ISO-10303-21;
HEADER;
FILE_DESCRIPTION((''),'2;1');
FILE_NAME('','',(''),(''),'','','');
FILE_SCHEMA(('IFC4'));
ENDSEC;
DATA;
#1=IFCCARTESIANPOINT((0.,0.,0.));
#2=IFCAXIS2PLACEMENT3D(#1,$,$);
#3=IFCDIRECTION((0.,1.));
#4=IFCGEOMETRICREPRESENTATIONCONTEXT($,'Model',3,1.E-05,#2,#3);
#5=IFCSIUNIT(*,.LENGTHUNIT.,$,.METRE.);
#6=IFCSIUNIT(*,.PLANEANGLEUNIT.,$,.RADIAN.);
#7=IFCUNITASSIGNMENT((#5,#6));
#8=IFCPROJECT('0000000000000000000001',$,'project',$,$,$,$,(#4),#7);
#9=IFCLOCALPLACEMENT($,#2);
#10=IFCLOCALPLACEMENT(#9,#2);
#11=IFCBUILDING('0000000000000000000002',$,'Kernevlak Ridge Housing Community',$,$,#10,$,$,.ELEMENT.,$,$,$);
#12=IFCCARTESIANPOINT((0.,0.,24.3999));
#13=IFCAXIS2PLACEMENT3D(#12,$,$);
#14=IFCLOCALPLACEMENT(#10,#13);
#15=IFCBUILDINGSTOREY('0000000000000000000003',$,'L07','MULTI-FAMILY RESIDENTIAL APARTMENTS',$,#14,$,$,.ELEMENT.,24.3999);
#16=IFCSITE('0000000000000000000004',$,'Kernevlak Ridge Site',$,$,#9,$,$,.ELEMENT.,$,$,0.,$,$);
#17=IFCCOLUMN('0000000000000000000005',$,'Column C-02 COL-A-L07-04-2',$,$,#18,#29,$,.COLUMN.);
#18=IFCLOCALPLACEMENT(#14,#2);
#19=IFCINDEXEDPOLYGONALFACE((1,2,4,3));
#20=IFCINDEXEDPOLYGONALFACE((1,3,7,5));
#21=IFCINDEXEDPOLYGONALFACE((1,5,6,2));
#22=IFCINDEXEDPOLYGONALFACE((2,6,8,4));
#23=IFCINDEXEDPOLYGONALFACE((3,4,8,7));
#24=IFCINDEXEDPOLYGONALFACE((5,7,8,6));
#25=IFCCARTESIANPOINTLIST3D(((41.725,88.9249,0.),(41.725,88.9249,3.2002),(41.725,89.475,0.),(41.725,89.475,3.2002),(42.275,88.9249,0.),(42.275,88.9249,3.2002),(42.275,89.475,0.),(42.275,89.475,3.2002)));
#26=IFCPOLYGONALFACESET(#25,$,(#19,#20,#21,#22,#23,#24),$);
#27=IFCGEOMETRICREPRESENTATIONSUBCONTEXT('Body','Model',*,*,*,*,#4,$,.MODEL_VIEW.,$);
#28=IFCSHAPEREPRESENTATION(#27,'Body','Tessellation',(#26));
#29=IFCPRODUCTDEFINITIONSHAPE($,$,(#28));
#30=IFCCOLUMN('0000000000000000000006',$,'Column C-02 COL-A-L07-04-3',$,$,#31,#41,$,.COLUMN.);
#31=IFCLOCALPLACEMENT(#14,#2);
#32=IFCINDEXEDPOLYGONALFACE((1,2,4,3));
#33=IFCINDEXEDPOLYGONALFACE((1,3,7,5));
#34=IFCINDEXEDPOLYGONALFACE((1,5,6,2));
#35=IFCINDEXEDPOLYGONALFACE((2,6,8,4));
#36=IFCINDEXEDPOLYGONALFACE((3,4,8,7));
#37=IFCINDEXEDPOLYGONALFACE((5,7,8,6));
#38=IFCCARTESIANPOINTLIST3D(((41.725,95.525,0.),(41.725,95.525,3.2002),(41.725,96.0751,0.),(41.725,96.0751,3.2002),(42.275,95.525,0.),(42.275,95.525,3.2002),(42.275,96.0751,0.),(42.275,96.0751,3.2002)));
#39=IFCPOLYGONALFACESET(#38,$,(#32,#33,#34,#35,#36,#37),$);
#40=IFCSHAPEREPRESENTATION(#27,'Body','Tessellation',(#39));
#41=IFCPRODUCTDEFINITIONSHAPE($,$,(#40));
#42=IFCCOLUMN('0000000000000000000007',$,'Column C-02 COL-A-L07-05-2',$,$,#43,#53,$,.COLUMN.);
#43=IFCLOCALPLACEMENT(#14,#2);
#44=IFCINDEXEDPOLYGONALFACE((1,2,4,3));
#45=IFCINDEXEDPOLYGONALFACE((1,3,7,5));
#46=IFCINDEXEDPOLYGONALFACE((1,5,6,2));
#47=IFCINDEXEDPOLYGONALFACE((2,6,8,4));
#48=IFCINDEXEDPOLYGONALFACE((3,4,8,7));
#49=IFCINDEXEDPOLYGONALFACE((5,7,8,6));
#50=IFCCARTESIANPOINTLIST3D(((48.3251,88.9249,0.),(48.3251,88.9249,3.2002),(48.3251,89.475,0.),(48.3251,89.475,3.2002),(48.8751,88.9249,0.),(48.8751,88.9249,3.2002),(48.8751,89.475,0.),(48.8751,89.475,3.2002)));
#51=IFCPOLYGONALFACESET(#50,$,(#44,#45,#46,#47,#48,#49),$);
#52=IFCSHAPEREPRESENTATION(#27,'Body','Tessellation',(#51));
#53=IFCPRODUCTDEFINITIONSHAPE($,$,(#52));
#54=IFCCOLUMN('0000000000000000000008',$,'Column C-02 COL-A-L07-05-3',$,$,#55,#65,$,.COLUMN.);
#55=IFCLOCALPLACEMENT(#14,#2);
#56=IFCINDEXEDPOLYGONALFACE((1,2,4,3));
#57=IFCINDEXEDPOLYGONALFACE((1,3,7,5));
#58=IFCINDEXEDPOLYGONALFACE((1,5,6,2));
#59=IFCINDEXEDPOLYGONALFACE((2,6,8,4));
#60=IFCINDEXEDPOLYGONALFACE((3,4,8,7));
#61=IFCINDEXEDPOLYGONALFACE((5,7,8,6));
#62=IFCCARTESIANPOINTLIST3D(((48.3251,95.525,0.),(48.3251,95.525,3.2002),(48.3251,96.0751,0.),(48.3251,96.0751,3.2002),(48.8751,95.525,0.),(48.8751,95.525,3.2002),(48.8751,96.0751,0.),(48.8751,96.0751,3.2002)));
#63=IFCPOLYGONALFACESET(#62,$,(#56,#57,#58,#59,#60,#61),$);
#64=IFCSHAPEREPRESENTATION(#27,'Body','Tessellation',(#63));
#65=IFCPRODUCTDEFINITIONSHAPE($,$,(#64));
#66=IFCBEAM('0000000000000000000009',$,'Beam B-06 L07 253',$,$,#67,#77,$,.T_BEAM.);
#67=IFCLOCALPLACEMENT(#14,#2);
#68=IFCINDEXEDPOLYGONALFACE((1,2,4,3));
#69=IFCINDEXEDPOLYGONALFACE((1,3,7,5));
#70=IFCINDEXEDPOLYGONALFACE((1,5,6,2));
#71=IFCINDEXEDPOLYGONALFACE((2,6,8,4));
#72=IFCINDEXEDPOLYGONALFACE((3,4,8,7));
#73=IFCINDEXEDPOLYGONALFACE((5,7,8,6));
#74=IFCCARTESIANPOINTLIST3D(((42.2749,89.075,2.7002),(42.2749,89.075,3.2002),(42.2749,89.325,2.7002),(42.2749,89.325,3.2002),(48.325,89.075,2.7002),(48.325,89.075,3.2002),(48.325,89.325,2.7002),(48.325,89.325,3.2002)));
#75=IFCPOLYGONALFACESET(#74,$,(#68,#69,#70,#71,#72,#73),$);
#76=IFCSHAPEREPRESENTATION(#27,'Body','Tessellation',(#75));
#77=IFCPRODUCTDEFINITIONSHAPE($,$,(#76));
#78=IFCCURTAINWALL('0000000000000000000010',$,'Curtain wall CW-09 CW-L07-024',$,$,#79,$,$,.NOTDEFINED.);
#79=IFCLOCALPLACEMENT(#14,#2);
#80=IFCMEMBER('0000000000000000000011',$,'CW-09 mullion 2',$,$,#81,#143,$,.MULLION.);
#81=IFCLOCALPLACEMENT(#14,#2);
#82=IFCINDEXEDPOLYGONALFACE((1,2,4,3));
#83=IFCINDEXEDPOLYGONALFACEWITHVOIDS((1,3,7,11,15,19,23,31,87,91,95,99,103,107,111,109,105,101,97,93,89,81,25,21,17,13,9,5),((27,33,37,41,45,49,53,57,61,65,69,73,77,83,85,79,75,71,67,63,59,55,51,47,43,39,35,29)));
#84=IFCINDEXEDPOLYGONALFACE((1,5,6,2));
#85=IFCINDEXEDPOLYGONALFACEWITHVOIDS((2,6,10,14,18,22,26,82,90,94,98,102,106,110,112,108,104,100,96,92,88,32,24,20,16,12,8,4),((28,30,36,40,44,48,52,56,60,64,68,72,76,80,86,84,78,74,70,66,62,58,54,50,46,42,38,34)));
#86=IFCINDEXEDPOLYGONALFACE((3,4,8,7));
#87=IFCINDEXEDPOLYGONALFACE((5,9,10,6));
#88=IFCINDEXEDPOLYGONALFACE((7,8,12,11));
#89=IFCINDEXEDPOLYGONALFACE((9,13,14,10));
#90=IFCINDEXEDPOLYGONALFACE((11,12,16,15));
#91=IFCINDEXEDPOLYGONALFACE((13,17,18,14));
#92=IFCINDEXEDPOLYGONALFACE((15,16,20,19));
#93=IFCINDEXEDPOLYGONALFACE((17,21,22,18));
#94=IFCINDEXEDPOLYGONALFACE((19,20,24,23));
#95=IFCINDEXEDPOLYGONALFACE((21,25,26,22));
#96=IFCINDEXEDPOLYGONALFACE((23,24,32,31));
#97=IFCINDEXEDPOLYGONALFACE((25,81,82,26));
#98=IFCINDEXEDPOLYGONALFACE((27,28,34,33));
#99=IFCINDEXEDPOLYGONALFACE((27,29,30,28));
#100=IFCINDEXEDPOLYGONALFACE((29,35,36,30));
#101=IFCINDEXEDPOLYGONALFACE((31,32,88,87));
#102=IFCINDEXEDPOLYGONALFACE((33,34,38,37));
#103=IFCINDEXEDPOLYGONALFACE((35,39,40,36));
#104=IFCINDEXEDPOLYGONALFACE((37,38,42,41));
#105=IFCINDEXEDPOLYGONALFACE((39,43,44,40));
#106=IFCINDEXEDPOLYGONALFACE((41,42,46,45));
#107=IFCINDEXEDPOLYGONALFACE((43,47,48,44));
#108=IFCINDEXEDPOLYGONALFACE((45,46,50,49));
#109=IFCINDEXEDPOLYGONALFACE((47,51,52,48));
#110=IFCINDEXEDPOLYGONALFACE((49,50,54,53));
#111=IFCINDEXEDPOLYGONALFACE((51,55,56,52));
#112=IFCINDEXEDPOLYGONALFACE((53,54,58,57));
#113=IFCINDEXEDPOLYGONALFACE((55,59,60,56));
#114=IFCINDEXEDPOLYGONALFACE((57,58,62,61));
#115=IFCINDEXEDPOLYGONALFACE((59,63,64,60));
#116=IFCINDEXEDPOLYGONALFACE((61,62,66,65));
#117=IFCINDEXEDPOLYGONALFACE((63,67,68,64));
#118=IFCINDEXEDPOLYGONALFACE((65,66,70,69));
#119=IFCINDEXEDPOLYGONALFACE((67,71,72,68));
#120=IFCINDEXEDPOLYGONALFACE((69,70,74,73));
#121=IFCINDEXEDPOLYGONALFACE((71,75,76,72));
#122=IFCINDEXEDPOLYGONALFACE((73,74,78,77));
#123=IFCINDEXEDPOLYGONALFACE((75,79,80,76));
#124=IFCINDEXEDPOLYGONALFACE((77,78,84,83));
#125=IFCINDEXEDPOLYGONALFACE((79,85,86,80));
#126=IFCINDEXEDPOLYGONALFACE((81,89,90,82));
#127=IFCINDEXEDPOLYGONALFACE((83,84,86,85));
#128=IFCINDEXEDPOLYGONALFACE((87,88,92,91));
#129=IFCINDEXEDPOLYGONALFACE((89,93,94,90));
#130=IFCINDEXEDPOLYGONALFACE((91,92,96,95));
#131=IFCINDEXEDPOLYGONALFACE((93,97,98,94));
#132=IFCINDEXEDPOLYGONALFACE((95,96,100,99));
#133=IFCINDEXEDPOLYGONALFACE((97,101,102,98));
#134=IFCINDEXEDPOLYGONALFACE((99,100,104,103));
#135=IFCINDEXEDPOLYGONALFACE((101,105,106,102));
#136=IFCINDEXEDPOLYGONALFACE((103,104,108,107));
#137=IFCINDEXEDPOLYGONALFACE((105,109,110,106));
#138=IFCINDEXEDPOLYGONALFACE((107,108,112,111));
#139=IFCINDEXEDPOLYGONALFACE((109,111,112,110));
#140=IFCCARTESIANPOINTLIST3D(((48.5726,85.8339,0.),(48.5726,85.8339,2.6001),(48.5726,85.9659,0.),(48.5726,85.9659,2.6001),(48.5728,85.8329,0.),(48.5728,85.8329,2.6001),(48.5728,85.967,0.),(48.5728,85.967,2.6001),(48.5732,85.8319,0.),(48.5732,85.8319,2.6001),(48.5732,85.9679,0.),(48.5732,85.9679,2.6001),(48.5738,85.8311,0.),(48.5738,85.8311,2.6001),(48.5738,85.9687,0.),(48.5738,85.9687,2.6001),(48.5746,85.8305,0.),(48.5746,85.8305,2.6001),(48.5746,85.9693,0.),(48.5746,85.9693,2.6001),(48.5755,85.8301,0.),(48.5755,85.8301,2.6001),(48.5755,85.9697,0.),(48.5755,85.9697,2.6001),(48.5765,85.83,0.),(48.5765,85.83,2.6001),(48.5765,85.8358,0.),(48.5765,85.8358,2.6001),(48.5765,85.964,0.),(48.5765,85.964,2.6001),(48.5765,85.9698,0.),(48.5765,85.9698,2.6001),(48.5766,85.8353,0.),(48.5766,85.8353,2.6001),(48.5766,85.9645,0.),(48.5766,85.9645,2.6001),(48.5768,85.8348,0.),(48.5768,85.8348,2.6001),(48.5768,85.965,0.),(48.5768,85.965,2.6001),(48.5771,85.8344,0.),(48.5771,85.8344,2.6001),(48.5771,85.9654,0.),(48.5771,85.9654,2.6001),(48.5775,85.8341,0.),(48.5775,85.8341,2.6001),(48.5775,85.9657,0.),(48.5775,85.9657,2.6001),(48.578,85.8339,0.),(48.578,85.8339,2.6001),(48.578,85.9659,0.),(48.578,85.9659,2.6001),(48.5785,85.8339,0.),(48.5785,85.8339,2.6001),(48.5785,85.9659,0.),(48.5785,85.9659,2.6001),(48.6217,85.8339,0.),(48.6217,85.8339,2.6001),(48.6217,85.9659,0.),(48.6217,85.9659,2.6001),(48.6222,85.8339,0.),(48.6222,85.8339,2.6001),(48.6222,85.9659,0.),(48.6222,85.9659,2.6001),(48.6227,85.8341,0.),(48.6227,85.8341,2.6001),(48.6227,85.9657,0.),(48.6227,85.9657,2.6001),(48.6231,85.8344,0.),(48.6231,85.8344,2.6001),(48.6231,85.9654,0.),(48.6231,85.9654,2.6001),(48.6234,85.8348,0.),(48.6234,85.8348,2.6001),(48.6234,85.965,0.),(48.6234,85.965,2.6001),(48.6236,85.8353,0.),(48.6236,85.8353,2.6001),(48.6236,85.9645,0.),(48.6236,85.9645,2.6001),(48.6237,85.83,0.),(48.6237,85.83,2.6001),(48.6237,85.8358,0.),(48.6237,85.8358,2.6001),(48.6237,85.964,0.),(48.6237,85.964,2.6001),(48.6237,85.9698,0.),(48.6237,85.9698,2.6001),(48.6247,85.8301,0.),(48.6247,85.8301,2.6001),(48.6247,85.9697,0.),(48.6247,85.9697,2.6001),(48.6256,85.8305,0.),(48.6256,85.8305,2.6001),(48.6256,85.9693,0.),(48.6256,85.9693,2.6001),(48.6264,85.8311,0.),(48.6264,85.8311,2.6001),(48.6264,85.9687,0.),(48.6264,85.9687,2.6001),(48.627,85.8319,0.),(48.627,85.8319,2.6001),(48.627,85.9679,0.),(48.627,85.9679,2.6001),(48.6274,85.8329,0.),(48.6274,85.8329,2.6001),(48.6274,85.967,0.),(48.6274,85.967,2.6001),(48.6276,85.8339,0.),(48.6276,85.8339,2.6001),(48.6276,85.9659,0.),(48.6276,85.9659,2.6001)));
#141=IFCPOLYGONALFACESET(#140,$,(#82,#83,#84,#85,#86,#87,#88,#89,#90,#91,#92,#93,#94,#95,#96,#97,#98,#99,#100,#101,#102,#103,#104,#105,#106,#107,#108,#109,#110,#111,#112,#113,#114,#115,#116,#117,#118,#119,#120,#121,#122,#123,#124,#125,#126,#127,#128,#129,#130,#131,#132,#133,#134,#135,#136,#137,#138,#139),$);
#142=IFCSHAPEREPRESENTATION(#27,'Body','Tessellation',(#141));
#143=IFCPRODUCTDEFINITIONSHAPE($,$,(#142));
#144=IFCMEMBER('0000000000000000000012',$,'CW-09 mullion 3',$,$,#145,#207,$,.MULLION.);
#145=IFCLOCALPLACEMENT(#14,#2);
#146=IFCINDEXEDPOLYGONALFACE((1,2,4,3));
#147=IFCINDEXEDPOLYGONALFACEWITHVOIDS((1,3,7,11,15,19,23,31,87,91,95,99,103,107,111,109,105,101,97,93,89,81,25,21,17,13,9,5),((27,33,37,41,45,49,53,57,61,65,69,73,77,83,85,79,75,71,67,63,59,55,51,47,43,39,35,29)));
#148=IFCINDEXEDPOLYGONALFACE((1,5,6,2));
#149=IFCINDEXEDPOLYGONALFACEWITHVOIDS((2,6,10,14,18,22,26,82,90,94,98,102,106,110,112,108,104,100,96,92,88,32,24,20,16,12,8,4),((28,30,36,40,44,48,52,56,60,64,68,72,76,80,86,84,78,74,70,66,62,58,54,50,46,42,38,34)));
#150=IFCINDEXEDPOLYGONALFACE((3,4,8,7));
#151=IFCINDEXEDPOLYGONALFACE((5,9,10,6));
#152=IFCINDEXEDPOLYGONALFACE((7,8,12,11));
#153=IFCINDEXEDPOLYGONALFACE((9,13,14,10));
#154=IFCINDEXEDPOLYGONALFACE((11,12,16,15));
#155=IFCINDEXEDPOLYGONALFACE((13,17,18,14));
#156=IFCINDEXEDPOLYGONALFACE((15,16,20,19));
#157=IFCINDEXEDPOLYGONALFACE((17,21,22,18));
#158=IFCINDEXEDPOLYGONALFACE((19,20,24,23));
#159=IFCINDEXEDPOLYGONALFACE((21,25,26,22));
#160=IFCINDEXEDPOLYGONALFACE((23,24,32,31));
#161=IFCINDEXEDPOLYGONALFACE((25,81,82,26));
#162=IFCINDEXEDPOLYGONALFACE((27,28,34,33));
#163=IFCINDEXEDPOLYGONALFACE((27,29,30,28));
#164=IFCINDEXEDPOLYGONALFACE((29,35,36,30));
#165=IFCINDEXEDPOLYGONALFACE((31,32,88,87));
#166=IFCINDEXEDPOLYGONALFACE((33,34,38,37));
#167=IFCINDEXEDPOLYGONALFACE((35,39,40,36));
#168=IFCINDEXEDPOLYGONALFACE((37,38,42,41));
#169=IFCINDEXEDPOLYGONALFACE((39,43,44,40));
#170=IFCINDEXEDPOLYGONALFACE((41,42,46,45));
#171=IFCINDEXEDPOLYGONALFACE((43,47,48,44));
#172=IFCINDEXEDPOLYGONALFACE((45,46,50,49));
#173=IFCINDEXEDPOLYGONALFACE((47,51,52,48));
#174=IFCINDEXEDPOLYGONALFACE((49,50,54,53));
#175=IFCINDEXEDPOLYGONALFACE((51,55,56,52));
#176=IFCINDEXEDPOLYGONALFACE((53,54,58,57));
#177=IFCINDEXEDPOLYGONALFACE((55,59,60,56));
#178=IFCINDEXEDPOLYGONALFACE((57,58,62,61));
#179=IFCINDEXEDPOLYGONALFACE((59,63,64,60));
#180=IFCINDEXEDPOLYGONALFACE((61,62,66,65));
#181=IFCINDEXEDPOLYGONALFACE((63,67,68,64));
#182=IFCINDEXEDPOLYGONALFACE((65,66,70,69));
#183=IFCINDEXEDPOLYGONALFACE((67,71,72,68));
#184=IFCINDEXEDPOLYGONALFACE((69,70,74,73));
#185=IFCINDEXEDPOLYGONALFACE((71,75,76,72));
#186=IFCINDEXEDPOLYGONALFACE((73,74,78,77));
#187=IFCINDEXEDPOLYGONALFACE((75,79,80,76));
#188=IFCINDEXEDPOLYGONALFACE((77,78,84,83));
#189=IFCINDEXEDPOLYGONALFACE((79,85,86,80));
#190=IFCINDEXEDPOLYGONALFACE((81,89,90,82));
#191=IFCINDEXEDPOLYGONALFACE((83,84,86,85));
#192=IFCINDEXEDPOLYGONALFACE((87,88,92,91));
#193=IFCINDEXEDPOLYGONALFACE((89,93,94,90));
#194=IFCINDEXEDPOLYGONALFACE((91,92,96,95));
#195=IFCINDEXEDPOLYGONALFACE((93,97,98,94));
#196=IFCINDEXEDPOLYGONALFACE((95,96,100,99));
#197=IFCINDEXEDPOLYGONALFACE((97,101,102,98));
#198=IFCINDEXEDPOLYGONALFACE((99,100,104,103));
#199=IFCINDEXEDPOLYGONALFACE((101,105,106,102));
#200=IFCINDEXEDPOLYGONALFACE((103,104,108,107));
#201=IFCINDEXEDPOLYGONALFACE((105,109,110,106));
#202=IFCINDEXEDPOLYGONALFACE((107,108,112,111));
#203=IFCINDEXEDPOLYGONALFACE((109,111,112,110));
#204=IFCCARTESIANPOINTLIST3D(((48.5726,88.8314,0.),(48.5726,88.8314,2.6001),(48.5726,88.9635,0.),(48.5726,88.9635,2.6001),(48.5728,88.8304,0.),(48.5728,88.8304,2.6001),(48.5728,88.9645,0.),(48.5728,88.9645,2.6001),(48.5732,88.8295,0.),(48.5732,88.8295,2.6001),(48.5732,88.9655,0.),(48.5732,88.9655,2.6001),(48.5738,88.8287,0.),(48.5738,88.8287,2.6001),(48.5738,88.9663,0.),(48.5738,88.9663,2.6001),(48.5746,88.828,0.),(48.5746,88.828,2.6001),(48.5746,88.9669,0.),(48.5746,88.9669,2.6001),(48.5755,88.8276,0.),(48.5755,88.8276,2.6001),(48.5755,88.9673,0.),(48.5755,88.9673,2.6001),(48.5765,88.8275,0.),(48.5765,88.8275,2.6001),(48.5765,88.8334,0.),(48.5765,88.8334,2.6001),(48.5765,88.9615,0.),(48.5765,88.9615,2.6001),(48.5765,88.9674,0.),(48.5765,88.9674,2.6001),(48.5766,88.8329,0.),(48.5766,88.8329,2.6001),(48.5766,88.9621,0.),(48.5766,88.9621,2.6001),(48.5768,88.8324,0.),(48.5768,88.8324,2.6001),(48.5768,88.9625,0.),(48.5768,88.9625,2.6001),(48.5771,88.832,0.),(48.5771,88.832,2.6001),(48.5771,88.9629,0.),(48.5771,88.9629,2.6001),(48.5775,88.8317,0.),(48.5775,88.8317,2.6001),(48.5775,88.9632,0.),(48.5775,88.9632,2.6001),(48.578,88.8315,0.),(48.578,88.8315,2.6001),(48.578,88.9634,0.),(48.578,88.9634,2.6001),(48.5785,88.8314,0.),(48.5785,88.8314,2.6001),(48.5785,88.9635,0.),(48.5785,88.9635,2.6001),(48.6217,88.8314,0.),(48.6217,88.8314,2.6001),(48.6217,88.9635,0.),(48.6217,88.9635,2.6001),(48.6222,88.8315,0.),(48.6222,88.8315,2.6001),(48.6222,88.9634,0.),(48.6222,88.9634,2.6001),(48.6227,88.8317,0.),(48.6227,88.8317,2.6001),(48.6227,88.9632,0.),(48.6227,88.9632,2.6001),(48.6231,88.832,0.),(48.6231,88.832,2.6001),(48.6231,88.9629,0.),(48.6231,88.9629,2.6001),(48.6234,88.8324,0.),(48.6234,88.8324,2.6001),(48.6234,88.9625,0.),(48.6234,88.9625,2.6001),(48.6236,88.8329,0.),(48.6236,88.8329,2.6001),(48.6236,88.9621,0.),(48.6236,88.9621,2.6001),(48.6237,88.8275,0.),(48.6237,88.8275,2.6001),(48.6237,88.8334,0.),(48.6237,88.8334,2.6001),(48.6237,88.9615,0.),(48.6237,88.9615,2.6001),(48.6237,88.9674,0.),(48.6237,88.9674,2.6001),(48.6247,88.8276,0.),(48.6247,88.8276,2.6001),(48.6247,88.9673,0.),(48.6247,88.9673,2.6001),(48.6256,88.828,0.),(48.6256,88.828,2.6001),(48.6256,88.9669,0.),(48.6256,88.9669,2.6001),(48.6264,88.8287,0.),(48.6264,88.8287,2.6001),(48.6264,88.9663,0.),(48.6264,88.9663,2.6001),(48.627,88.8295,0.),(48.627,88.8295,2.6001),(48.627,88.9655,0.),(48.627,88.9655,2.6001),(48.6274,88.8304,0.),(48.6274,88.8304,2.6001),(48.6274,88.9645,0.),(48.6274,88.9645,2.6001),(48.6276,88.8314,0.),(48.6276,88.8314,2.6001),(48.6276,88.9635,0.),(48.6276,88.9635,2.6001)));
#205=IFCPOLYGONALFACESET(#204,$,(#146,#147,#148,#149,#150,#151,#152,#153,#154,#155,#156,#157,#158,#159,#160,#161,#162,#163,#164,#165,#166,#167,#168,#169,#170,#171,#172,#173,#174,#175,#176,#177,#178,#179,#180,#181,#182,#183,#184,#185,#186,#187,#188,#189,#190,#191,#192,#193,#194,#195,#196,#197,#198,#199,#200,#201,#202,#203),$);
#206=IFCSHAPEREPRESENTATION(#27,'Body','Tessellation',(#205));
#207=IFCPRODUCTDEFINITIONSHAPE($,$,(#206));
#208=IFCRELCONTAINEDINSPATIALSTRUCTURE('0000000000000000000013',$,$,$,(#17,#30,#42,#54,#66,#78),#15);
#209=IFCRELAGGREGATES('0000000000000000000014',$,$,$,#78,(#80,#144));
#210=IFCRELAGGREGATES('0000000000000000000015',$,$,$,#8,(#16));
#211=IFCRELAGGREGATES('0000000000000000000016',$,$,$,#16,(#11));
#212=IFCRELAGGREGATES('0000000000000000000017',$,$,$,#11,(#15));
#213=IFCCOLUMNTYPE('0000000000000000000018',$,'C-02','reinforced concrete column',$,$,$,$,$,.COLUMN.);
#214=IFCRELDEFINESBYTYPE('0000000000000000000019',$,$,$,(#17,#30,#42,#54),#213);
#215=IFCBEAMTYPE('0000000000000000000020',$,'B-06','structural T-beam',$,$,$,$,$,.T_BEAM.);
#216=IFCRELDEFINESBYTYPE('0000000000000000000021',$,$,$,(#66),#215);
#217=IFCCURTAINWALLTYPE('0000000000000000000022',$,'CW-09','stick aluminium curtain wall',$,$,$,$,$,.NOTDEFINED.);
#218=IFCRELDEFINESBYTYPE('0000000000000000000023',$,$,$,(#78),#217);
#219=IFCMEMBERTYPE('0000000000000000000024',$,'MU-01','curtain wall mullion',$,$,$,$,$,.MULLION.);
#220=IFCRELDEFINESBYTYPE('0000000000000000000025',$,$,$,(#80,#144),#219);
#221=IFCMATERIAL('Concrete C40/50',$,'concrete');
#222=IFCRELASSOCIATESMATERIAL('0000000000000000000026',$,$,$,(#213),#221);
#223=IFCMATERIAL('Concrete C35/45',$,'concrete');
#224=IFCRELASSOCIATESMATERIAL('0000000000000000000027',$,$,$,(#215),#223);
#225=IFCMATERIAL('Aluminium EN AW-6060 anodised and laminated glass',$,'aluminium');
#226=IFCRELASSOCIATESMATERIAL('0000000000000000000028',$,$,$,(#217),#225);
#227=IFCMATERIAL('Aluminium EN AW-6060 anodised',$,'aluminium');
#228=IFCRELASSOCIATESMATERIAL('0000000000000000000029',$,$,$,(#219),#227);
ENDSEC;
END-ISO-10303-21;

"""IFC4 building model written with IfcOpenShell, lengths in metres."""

from ifc_helpers import new_model, si_unit, direction, frame, origin, origin_2d, place, context, subcontext, project, spatial, rectangle, hollow_rectangle, extrude, material, material_profile, profile_set, type_object, element, aggregate, save


model = new_model("IFC4")

# Units and contexts
model_context = context("Model", 3, precision=1e-05, world=origin(), true_north=direction((0.0, 1.0)))
body_context = subcontext(model_context, "Body", "Model", "MODEL_VIEW")
ifc_project = project(units=[si_unit("LENGTHUNIT", "METRE"), si_unit("PLANEANGLEUNIT", "RADIAN")], contexts=[model_context])

# Site, building, storey
site_placement = place(None, origin())
site = spatial("IfcSite", under=ifc_project, at=site_placement, Name="Kernevlak Ridge Site", CompositionType="ELEMENT", RefElevation=0.0)
building_placement = place(site_placement, origin())
building = spatial("IfcBuilding", under=site, at=building_placement, Name="Kernevlak Ridge Housing Community", CompositionType="ELEMENT")
storey_placement = place(building_placement, frame((0.0, 0.0, 24.3999)))
storey = spatial("IfcBuildingStorey", under=building, at=storey_placement, Name="L07", Description="MULTI-FAMILY RESIDENTIAL APARTMENTS", CompositionType="ELEMENT", Elevation=24.3999)

# Columns
ifc_material_1 = material(Name="Concrete C40/50", Category="concrete")
ifc_material_profile_1 = material_profile(ifc_material_1, rectangle(XDim=0.55, YDim=0.55, at=origin_2d()), Name="RC 550x550")
ifc_profile_set_1 = profile_set([ifc_material_profile_1], Name="Concrete C40/50")
column_type = type_object("IfcColumnType", Name="C-02", Description="reinforced concrete column", PredefinedType="COLUMN", material=ifc_profile_set_1)
for number, where, z_axis, x_axis, name in (
    (1, (42.0, 89.2, 0.0), (0.0, 0.0, 1.0), (1.0, 0.0, 0.0), "Column C-02 COL-A-L07-04-2"),
    (2, (42.0, 95.8, 0.0), (0.0, 0.0, 1.0), (1.0, 0.0, 0.0), "Column C-02 COL-A-L07-04-3"),
    (3, (48.6001, 89.2, 0.0), (0.0, 0.0, 1.0), (1.0, 0.0, 0.0), "Column C-02 COL-A-L07-05-2"),
    (4, (48.6001, 95.8, 0.0), (0.0, 0.0, 1.0), (1.0, 0.0, 0.0), "Column C-02 COL-A-L07-05-3"),
):
    element("IfcColumn", number, at=place(storey_placement, frame(where, z_axis=z_axis, x_axis=x_axis)), inside=storey, type_object=column_type, Name=name, PredefinedType="COLUMN", context=body_context, shape_type="SweptSolid", body=[
        extrude(rectangle(XDim=0.55, YDim=0.55, at=origin_2d()), origin(), (0.0, 0.0, 1.0), 3.2002),
    ])

# Beam
ifc_material_2 = material(Name="Concrete C35/45", Category="concrete")
ifc_material_profile_2 = material_profile(ifc_material_2, rectangle(XDim=0.25, YDim=0.5, at=origin_2d()), Name="RC 250x500")
ifc_profile_set_2 = profile_set([ifc_material_profile_2], Name="Concrete C35/45")
beam_type_1 = type_object("IfcBeamType", Name="B-06", Description="structural T-beam", PredefinedType="T_BEAM", material=ifc_profile_set_2)
beam_1_placement = place(storey_placement, frame((42.2749, 89.2, 2.9502), z_axis=(1.0, 0.0, 0.0), x_axis=(0.0, 1.0, 0.0)))
element("IfcBeam", 5, at=beam_1_placement, inside=storey, type_object=beam_type_1, Name="Beam B-06 L07 253", PredefinedType="T_BEAM", context=body_context, shape_type="SweptSolid", body=[
    extrude(rectangle(XDim=0.25, YDim=0.5, at=origin_2d()), origin(), (0.0, 0.0, 1.0), 6.05),
])

# Curtain wall, members
ifc_material_3 = material(Name="Aluminium EN AW-6060 anodised and laminated glass", Category="aluminium")
curtain_wall_type = type_object("IfcCurtainWallType", Name="CW-09", Description="stick aluminium curtain wall", PredefinedType="NOTDEFINED", material=ifc_material_3)
curtain_wall_placement = place(storey_placement, origin())
curtain_wall = element("IfcCurtainWall", 6, at=curtain_wall_placement, inside=storey, type_object=curtain_wall_type, Name="Curtain wall CW-09 CW-L07-024", PredefinedType="NOTDEFINED")
ifc_material_4 = material(Name="Aluminium EN AW-6060 anodised", Category="aluminium")
ifc_material_profile_3 = material_profile(ifc_material_4, hollow_rectangle(XDim=0.0549, YDim=0.1399, WallThickness=0.0039, InnerFilletRadius=0.002, OuterFilletRadius=0.0039, at=origin_2d()), Name="ALU 55x140x4")
ifc_profile_set_3 = profile_set([ifc_material_profile_3], Name="Aluminium EN AW-6060 anodised")
member_type = type_object("IfcMemberType", Name="MU-01", Description="curtain wall mullion", PredefinedType="MULLION", material=ifc_profile_set_3)
member_1_placement = place(storey_placement, frame((48.6001, 85.8999, 0.0), z_axis=(0.0, 0.0, 1.0), x_axis=(-1.0, 0.0, 0.0)))
member_1 = element("IfcMember", 7, at=member_1_placement, type_object=member_type, Name="CW-09 mullion 2", PredefinedType="MULLION", context=body_context, shape_type="SweptSolid", body=[
    extrude(hollow_rectangle(XDim=0.0549, YDim=0.1399, WallThickness=0.0039, InnerFilletRadius=0.002, OuterFilletRadius=0.0039, at=origin_2d()), origin(), (0.0, 0.0, 1.0), 2.6001),
])
member_2_placement = place(storey_placement, frame((48.6001, 88.8975, 0.0), z_axis=(0.0, 0.0, 1.0), x_axis=(-1.0, 0.0, 0.0)))
member_2 = element("IfcMember", 8, at=member_2_placement, type_object=member_type, Name="CW-09 mullion 3", PredefinedType="MULLION", context=body_context, shape_type="SweptSolid", body=[
    extrude(hollow_rectangle(XDim=0.0549, YDim=0.1399, WallThickness=0.0039, InnerFilletRadius=0.002, OuterFilletRadius=0.0039, at=origin_2d()), origin(), (0.0, 0.0, 1.0), 2.6001),
])
aggregate(curtain_wall, [member_1, member_2])

save(model, "model.ifc")
